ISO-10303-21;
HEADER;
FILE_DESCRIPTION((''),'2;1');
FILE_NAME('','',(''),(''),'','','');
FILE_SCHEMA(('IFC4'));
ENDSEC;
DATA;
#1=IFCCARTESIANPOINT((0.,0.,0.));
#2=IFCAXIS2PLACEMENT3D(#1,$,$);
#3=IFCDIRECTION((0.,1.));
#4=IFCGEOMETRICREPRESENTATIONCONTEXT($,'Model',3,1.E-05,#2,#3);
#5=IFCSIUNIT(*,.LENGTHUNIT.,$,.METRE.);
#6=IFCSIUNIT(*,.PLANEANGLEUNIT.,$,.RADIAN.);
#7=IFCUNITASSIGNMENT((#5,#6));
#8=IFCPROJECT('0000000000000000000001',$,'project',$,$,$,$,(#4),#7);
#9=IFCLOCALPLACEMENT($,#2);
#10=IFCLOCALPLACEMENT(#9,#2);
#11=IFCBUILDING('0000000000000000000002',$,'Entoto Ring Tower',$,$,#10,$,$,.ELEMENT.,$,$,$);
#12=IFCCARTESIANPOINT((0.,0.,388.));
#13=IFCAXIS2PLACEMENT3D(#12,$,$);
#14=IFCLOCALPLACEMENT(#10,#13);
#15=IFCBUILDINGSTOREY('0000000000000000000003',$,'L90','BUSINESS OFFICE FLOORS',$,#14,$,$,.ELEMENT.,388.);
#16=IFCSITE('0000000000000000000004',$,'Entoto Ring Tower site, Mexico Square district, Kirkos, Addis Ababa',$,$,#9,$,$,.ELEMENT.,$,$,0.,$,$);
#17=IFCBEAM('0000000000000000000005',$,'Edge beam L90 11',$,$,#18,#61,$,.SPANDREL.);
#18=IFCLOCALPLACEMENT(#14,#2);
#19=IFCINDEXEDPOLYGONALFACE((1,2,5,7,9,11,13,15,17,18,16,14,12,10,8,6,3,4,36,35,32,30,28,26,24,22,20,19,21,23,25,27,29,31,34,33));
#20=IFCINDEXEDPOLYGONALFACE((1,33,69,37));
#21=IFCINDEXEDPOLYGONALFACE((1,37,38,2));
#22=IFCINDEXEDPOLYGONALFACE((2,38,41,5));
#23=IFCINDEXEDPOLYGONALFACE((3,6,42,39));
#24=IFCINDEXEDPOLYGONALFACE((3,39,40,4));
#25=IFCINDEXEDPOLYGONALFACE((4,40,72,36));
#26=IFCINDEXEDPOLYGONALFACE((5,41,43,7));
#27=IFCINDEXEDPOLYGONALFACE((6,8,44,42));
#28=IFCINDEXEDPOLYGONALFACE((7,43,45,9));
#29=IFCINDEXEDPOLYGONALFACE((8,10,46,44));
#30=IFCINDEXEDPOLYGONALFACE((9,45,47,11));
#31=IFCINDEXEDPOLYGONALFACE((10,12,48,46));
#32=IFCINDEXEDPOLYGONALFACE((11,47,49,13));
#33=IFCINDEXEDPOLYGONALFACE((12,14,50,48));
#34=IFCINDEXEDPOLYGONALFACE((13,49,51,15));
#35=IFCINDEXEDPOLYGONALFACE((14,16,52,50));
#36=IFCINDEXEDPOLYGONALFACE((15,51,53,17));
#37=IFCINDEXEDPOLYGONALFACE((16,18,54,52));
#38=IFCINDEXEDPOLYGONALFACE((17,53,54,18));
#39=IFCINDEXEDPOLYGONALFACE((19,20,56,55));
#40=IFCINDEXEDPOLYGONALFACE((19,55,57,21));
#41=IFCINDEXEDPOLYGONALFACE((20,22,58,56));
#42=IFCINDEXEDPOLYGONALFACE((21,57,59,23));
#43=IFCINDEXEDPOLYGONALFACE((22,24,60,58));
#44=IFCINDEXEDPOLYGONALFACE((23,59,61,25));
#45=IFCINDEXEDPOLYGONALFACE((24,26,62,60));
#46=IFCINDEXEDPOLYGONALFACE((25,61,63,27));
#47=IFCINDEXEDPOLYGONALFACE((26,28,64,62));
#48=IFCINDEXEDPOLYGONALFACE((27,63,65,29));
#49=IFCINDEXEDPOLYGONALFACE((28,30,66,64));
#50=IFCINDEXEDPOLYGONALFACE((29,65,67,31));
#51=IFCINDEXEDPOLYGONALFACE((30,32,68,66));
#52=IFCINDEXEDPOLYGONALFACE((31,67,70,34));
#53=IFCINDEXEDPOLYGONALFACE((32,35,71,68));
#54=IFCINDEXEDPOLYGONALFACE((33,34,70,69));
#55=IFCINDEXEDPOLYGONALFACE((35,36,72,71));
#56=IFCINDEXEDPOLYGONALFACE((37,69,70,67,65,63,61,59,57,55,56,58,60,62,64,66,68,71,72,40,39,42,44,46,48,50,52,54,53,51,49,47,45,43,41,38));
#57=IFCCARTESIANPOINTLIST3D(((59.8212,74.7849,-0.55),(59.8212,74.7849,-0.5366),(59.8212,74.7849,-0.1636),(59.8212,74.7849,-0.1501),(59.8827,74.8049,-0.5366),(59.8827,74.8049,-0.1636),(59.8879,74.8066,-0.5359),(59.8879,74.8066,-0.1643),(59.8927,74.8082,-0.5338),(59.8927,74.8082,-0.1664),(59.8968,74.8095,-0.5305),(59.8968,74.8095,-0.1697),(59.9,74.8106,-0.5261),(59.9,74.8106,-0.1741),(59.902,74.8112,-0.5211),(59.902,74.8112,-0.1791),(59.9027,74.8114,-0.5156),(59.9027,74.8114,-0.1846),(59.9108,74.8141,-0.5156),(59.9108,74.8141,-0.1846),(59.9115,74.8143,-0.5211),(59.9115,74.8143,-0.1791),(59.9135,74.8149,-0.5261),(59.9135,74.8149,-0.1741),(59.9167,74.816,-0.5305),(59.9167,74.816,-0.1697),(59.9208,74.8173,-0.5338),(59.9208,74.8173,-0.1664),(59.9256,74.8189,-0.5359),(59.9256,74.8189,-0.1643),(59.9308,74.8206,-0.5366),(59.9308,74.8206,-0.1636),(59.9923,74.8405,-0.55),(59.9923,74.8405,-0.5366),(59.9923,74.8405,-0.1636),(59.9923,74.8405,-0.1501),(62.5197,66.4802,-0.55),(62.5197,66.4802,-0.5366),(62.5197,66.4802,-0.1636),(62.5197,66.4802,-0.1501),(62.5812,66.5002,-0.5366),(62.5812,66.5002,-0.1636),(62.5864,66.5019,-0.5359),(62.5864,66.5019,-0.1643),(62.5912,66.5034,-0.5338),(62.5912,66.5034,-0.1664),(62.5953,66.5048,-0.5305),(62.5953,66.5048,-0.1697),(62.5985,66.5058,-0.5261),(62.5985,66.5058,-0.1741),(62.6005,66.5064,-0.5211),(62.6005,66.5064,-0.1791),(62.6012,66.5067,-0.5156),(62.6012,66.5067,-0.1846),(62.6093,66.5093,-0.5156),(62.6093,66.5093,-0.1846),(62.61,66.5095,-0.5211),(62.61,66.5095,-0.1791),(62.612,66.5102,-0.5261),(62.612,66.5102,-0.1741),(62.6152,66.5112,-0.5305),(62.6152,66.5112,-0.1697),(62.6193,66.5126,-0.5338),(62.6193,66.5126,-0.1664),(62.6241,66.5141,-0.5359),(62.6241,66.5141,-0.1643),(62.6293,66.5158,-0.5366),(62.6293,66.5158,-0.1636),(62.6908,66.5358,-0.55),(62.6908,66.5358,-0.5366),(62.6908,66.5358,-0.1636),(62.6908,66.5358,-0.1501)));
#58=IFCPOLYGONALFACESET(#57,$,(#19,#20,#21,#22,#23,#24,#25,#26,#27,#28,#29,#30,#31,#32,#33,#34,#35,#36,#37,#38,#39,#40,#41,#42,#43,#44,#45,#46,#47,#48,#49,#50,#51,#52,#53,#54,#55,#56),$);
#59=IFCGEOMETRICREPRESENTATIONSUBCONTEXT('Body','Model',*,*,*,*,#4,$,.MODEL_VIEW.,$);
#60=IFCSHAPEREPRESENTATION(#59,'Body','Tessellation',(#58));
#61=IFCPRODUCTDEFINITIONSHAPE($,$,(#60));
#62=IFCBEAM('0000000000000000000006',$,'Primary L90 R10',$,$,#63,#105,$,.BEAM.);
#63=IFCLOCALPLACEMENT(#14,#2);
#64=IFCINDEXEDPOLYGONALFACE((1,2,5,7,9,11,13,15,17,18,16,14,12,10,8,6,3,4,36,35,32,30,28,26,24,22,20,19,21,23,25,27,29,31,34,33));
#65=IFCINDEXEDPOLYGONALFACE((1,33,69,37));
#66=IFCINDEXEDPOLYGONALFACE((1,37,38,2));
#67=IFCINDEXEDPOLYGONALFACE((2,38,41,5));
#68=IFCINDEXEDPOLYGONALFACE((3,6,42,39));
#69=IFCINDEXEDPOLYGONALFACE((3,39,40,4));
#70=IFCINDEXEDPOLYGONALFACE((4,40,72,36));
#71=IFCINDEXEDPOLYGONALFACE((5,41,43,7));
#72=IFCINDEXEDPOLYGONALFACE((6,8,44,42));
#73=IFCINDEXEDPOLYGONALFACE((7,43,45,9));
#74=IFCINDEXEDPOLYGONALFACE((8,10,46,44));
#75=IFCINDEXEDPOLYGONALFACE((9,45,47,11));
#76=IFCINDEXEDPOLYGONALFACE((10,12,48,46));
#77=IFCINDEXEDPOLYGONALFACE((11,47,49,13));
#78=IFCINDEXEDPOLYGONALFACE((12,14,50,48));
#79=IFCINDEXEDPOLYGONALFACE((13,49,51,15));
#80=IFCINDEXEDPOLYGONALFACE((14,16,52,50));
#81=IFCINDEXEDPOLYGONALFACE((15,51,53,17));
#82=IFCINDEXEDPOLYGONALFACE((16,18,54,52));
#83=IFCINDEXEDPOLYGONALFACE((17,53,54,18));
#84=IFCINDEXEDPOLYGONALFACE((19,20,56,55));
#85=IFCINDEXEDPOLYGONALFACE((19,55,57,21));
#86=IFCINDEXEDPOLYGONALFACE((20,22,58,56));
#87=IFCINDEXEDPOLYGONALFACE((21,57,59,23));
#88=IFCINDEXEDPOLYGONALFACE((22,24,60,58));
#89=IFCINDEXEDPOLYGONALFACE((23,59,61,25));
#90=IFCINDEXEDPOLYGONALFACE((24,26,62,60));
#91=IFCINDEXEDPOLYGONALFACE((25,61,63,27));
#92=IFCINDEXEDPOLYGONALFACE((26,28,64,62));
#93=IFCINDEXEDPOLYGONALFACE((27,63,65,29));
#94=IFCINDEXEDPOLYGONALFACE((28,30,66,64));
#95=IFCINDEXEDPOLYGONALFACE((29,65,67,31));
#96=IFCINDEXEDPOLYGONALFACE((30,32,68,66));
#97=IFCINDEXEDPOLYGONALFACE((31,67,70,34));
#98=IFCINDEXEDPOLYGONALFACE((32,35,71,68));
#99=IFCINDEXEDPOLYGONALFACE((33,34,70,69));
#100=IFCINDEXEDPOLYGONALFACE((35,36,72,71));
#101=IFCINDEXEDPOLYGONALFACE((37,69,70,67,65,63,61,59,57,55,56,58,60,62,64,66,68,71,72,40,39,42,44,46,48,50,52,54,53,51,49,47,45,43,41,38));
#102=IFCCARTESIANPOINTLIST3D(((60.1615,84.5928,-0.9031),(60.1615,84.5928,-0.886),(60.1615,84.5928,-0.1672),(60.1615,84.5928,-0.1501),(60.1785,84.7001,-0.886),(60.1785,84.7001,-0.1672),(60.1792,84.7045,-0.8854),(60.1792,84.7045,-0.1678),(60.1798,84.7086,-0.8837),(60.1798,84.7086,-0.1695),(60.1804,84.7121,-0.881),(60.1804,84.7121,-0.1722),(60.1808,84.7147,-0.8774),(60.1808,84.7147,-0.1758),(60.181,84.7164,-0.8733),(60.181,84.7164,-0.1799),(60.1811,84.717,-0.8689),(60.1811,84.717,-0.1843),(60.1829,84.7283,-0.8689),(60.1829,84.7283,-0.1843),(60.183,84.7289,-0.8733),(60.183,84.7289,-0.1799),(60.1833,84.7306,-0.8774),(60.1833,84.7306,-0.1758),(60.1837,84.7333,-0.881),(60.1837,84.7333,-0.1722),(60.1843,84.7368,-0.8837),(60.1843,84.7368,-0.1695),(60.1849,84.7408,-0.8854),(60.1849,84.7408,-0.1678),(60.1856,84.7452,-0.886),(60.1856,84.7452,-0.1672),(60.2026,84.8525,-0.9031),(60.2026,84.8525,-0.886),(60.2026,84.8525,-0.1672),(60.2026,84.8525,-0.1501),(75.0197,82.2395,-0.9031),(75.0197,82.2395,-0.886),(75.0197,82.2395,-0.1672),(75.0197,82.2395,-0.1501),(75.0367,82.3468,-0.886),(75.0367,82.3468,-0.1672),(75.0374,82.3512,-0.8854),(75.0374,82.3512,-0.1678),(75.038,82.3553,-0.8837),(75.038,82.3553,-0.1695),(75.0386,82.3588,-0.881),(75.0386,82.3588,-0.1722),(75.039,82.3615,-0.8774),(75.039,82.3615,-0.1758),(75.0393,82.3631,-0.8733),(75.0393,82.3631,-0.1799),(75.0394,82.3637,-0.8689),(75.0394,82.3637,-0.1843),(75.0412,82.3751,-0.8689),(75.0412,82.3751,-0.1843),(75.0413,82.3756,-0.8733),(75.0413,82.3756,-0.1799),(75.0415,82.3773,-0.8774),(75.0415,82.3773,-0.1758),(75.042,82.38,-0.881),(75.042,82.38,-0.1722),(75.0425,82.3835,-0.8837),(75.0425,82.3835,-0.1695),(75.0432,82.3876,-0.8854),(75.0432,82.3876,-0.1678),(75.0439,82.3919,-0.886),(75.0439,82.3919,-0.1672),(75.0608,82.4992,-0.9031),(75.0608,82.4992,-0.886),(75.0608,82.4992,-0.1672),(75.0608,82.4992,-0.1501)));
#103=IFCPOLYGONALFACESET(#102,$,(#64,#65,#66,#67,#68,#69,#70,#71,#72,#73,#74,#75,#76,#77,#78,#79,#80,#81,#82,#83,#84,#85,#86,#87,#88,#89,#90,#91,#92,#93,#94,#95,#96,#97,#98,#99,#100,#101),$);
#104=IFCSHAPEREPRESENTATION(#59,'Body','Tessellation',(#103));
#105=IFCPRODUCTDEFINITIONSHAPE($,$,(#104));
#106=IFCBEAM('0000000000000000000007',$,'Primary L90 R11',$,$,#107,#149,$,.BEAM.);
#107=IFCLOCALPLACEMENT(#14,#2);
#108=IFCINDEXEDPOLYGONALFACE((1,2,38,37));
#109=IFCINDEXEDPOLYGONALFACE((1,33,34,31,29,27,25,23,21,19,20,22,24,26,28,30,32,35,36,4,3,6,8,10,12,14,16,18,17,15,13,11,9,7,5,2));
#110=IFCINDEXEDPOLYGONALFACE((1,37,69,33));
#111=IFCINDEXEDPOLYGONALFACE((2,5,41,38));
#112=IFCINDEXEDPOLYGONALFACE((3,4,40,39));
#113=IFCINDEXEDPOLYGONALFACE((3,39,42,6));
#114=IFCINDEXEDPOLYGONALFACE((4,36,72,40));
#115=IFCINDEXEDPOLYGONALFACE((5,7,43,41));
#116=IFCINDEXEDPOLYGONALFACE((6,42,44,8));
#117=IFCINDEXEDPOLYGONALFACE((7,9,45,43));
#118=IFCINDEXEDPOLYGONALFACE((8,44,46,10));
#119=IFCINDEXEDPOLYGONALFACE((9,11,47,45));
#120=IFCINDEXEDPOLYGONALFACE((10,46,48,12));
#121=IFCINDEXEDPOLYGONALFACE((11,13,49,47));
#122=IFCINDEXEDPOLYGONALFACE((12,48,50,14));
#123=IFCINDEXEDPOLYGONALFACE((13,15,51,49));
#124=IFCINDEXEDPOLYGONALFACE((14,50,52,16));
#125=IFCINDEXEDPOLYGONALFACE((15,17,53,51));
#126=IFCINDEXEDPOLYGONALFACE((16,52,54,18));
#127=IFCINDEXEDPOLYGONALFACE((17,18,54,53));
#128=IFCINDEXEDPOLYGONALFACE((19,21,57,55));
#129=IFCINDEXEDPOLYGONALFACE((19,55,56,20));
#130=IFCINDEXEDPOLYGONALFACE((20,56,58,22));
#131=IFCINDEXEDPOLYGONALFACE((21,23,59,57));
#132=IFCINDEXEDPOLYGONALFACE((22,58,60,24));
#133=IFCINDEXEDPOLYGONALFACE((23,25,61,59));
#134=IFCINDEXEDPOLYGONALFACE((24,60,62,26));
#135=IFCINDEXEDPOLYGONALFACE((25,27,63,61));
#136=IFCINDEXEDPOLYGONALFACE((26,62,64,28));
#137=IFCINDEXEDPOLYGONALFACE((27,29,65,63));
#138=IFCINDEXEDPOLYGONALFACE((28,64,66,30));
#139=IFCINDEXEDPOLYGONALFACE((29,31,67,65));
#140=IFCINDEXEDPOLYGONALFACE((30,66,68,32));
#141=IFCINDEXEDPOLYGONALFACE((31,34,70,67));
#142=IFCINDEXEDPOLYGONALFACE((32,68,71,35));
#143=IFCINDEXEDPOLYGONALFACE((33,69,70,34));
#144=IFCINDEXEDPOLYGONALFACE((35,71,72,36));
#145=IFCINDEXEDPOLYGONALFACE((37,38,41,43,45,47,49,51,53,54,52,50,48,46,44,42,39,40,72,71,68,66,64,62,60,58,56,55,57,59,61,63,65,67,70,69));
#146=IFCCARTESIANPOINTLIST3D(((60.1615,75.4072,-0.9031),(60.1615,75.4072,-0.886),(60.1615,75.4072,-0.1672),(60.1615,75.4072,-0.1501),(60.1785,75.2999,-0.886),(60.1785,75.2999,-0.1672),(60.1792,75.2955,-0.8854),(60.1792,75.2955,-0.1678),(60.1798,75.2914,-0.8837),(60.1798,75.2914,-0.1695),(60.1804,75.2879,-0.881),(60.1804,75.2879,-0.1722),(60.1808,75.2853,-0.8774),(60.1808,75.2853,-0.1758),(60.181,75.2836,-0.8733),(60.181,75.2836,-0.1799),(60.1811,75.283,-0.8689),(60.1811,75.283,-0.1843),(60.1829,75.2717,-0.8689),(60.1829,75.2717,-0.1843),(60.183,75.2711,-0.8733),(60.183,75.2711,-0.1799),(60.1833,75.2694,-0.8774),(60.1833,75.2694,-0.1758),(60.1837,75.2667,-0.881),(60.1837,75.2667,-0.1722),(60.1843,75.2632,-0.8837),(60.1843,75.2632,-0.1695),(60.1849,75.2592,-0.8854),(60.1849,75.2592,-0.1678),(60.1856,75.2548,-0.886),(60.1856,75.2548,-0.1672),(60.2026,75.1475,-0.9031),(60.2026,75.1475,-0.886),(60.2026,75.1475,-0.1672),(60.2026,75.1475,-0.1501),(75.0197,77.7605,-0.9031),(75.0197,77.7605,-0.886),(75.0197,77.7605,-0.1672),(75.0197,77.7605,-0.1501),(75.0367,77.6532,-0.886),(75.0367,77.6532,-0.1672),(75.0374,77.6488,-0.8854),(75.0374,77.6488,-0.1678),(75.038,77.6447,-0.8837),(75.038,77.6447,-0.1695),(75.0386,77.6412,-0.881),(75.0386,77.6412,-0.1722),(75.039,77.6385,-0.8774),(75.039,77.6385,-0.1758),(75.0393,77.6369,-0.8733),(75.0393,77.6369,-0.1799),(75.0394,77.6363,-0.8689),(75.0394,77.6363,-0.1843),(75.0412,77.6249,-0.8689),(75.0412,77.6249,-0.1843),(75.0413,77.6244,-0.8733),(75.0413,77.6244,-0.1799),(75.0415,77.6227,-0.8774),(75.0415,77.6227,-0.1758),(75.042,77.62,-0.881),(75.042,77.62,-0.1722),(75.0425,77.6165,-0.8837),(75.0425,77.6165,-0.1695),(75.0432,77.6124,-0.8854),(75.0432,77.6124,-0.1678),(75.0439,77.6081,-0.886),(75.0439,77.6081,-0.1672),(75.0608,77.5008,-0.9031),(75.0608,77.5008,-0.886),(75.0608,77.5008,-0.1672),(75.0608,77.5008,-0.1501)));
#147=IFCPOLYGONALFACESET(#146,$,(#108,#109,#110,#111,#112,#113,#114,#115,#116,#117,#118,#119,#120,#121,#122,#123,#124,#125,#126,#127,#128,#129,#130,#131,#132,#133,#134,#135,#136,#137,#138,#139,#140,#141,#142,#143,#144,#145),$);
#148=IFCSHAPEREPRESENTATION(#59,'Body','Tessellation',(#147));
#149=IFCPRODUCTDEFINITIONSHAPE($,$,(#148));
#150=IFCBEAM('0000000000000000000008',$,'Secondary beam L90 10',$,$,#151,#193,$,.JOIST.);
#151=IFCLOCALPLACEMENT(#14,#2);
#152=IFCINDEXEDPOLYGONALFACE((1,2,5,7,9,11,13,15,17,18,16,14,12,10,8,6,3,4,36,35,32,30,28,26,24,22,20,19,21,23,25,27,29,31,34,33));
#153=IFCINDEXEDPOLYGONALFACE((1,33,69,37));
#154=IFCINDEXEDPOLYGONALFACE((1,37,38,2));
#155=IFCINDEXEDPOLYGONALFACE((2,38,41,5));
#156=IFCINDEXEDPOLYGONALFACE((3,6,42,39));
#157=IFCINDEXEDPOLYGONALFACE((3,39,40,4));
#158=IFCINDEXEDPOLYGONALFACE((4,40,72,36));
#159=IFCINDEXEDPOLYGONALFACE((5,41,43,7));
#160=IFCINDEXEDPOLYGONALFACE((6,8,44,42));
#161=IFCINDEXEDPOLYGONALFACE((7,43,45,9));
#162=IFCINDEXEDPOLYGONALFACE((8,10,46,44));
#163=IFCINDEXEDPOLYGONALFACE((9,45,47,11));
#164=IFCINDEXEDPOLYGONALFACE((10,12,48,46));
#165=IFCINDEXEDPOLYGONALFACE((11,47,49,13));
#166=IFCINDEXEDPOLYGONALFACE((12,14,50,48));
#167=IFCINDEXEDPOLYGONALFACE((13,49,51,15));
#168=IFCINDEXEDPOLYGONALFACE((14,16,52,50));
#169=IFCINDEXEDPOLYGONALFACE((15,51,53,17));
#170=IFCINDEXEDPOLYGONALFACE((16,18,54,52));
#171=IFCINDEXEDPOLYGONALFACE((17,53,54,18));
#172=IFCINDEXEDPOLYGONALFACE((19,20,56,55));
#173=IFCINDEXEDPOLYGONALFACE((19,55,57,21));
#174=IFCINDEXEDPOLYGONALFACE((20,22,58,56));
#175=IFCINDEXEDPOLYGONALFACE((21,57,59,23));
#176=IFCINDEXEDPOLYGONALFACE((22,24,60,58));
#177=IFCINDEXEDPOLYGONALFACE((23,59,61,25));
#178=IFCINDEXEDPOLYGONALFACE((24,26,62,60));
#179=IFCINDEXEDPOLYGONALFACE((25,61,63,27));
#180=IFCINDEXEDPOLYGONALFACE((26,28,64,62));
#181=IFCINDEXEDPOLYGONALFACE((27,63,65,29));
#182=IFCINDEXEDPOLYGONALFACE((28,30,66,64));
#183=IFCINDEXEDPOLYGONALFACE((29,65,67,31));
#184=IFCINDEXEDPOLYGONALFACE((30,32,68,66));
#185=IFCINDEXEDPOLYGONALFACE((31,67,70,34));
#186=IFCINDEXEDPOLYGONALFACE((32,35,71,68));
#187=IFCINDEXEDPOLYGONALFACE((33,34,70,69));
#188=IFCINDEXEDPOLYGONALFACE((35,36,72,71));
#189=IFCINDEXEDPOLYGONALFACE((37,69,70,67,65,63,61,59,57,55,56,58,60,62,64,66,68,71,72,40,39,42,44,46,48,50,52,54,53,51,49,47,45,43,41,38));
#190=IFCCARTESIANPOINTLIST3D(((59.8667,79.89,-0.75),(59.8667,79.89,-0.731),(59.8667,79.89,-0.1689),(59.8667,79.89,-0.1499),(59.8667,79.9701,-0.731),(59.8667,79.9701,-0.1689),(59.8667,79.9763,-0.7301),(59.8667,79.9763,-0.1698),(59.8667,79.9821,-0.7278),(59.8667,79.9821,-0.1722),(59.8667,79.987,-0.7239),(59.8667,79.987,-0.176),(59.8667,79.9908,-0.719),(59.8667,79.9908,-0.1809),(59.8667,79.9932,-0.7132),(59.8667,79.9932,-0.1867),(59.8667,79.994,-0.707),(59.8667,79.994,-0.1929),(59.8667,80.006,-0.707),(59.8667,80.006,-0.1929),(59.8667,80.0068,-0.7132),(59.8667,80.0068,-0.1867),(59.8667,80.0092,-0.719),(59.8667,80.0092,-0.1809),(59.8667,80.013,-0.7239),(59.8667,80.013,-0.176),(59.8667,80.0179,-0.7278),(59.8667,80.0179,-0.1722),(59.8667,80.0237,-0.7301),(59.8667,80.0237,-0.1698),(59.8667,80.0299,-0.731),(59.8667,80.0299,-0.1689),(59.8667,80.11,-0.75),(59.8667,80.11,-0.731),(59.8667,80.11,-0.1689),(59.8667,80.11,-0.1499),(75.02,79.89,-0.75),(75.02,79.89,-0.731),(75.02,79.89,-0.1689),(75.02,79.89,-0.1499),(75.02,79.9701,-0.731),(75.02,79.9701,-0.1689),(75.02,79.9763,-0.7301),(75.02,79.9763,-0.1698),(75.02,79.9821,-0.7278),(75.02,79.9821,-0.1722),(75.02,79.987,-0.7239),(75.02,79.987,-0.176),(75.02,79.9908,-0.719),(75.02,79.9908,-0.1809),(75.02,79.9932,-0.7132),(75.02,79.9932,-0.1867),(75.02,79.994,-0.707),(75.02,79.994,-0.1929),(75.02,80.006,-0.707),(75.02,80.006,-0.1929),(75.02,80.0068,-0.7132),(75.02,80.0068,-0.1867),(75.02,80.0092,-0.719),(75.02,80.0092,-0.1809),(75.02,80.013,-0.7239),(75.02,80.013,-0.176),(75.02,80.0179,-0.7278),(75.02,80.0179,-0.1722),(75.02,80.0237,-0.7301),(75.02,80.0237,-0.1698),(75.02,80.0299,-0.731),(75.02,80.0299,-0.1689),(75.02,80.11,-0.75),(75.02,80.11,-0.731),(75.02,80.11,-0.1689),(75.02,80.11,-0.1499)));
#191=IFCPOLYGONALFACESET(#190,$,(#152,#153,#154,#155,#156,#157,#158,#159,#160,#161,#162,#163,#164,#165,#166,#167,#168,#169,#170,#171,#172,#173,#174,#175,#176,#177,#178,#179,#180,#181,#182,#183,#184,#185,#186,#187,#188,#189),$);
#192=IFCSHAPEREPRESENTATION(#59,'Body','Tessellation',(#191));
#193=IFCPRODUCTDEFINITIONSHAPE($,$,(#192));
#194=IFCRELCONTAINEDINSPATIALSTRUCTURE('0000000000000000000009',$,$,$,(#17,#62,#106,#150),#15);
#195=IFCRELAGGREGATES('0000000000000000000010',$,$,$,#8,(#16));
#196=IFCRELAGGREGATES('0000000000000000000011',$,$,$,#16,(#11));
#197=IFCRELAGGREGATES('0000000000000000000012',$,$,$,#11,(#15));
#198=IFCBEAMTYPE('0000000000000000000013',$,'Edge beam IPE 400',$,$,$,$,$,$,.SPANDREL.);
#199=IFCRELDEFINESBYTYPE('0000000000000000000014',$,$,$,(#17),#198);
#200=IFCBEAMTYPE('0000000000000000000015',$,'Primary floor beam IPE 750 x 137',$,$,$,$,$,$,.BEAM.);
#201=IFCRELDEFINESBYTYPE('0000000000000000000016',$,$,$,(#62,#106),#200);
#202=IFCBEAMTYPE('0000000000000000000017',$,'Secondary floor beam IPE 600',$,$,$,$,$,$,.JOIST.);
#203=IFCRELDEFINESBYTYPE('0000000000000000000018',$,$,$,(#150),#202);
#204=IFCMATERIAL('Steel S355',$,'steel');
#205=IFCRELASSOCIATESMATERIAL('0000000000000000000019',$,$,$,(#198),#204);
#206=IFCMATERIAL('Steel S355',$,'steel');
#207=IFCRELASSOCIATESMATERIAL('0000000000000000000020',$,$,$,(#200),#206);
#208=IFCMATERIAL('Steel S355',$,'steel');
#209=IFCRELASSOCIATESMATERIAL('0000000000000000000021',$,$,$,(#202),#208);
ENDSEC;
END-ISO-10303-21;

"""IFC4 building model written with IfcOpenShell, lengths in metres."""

from ifc_helpers import new_model, si_unit, direction, frame, origin, origin_2d, place, context, subcontext, project, spatial, i_section, extrude, material, material_profile, profile_set, type_object, element, save


model = new_model("IFC4")

# Units and contexts
model_context = context("Model", 3, precision=1e-05, world=origin(), true_north=direction((0.0, 1.0)))
body_context = subcontext(model_context, "Body", "Model", "MODEL_VIEW")
ifc_project = project(units=[si_unit("LENGTHUNIT", "METRE"), si_unit("PLANEANGLEUNIT", "RADIAN")], contexts=[model_context])

# Site, building, storey
site_placement = place(None, origin())
site = spatial("IfcSite", under=ifc_project, at=site_placement, Name="Entoto Ring Tower site, Mexico Square district, Kirkos, Addis Ababa", CompositionType="ELEMENT", RefElevation=0.0)
building_placement = place(site_placement, origin())
building = spatial("IfcBuilding", under=site, at=building_placement, Name="Entoto Ring Tower", CompositionType="ELEMENT")
storey_placement = place(building_placement, frame((0.0, 0.0, 388.0)))
storey = spatial("IfcBuildingStorey", under=building, at=storey_placement, Name="L90", Description="BUSINESS OFFICE FLOORS", CompositionType="ELEMENT", Elevation=388.0)

# Beams
ifc_material_1 = material(Name="Steel S355", Category="steel")
ifc_material_profile_1 = material_profile(ifc_material_1, i_section(OverallWidth=0.1799, OverallDepth=0.3999, WebThickness=0.0085, FlangeThickness=0.0134, FilletRadius=0.021, at=origin_2d()), Name="IPE 400")
ifc_profile_set_1 = profile_set([ifc_material_profile_1], Name="Steel S355")
beam_type_1 = type_object("IfcBeamType", Name="Edge beam IPE 400", PredefinedType="SPANDREL", material=ifc_profile_set_1)
beam_1_placement = place(storey_placement, frame((59.9067, 74.8127, -0.3501), z_axis=(0.30903, -0.951052, 0.0), x_axis=(0.951052, 0.30903, 0.0)))
element("IfcBeam", 1, at=beam_1_placement, inside=storey, type_object=beam_type_1, Name="Edge beam L90 11", PredefinedType="SPANDREL", context=body_context, shape_type="SweptSolid", body=[
    extrude(i_section(OverallWidth=0.1799, OverallDepth=0.3999, WebThickness=0.0085, FlangeThickness=0.0134, FilletRadius=0.021, at=origin_2d()), origin(), (0.0, 0.0, 1.0), 8.7322),
])
ifc_material_2 = material(Name="Steel S355", Category="steel")
ifc_material_profile_2 = material_profile(ifc_material_2, i_section(OverallWidth=0.2629, OverallDepth=0.7529, WebThickness=0.0115, FlangeThickness=0.0171, FilletRadius=0.0171, at=origin_2d()), Name="IPE 750 x 137")
ifc_profile_set_2 = profile_set([ifc_material_profile_2], Name="Steel S355")
beam_type_2 = type_object("IfcBeamType", Name="Primary floor beam IPE 750 x 137", PredefinedType="BEAM", material=ifc_profile_set_2)
for number, where, z_axis, x_axis, name in (
    (2, (75.0403, 82.3694, -0.5266), (-0.987689, 0.156433, 0.0), (-0.156433, -0.987689, 0.0), "Primary L90 R10"),
    (3, (75.0403, 77.6306, -0.5266), (-0.987689, -0.156433, 0.0), (0.156433, -0.987689, 0.0), "Primary L90 R11"),
):
    element("IfcBeam", number, at=place(storey_placement, frame(where, z_axis=z_axis, x_axis=x_axis)), inside=storey, type_object=beam_type_2, Name=name, PredefinedType="BEAM", context=body_context, shape_type="SweptSolid", body=[
        extrude(i_section(OverallWidth=0.2629, OverallDepth=0.7529, WebThickness=0.0115, FlangeThickness=0.0171, FilletRadius=0.0171, at=origin_2d()), origin(), (0.0, 0.0, 1.0), 15.0435),
    ])
ifc_material_3 = material(Name="Steel S355", Category="steel")
ifc_material_profile_3 = material_profile(ifc_material_3, i_section(OverallWidth=0.22, OverallDepth=0.6001, WebThickness=0.012, FlangeThickness=0.019, FilletRadius=0.0239, at=origin_2d()), Name="IPE 600")
ifc_profile_set_3 = profile_set([ifc_material_profile_3], Name="Steel S355")
beam_type_3 = type_object("IfcBeamType", Name="Secondary floor beam IPE 600", PredefinedType="JOIST", material=ifc_profile_set_3)
beam_2_placement = place(storey_placement, frame((75.02, 80.0, -0.45), z_axis=(-1.0, 0.0, 0.0), x_axis=(0.0, -1.0, 0.0)))
element("IfcBeam", 4, at=beam_2_placement, inside=storey, type_object=beam_type_3, Name="Secondary beam L90 10", PredefinedType="JOIST", context=body_context, shape_type="SweptSolid", body=[
    extrude(i_section(OverallWidth=0.22, OverallDepth=0.6001, WebThickness=0.012, FlangeThickness=0.019, FilletRadius=0.0239, at=origin_2d()), origin(), (0.0, 0.0, 1.0), 15.1533),
])

save(model, "model.ifc")
